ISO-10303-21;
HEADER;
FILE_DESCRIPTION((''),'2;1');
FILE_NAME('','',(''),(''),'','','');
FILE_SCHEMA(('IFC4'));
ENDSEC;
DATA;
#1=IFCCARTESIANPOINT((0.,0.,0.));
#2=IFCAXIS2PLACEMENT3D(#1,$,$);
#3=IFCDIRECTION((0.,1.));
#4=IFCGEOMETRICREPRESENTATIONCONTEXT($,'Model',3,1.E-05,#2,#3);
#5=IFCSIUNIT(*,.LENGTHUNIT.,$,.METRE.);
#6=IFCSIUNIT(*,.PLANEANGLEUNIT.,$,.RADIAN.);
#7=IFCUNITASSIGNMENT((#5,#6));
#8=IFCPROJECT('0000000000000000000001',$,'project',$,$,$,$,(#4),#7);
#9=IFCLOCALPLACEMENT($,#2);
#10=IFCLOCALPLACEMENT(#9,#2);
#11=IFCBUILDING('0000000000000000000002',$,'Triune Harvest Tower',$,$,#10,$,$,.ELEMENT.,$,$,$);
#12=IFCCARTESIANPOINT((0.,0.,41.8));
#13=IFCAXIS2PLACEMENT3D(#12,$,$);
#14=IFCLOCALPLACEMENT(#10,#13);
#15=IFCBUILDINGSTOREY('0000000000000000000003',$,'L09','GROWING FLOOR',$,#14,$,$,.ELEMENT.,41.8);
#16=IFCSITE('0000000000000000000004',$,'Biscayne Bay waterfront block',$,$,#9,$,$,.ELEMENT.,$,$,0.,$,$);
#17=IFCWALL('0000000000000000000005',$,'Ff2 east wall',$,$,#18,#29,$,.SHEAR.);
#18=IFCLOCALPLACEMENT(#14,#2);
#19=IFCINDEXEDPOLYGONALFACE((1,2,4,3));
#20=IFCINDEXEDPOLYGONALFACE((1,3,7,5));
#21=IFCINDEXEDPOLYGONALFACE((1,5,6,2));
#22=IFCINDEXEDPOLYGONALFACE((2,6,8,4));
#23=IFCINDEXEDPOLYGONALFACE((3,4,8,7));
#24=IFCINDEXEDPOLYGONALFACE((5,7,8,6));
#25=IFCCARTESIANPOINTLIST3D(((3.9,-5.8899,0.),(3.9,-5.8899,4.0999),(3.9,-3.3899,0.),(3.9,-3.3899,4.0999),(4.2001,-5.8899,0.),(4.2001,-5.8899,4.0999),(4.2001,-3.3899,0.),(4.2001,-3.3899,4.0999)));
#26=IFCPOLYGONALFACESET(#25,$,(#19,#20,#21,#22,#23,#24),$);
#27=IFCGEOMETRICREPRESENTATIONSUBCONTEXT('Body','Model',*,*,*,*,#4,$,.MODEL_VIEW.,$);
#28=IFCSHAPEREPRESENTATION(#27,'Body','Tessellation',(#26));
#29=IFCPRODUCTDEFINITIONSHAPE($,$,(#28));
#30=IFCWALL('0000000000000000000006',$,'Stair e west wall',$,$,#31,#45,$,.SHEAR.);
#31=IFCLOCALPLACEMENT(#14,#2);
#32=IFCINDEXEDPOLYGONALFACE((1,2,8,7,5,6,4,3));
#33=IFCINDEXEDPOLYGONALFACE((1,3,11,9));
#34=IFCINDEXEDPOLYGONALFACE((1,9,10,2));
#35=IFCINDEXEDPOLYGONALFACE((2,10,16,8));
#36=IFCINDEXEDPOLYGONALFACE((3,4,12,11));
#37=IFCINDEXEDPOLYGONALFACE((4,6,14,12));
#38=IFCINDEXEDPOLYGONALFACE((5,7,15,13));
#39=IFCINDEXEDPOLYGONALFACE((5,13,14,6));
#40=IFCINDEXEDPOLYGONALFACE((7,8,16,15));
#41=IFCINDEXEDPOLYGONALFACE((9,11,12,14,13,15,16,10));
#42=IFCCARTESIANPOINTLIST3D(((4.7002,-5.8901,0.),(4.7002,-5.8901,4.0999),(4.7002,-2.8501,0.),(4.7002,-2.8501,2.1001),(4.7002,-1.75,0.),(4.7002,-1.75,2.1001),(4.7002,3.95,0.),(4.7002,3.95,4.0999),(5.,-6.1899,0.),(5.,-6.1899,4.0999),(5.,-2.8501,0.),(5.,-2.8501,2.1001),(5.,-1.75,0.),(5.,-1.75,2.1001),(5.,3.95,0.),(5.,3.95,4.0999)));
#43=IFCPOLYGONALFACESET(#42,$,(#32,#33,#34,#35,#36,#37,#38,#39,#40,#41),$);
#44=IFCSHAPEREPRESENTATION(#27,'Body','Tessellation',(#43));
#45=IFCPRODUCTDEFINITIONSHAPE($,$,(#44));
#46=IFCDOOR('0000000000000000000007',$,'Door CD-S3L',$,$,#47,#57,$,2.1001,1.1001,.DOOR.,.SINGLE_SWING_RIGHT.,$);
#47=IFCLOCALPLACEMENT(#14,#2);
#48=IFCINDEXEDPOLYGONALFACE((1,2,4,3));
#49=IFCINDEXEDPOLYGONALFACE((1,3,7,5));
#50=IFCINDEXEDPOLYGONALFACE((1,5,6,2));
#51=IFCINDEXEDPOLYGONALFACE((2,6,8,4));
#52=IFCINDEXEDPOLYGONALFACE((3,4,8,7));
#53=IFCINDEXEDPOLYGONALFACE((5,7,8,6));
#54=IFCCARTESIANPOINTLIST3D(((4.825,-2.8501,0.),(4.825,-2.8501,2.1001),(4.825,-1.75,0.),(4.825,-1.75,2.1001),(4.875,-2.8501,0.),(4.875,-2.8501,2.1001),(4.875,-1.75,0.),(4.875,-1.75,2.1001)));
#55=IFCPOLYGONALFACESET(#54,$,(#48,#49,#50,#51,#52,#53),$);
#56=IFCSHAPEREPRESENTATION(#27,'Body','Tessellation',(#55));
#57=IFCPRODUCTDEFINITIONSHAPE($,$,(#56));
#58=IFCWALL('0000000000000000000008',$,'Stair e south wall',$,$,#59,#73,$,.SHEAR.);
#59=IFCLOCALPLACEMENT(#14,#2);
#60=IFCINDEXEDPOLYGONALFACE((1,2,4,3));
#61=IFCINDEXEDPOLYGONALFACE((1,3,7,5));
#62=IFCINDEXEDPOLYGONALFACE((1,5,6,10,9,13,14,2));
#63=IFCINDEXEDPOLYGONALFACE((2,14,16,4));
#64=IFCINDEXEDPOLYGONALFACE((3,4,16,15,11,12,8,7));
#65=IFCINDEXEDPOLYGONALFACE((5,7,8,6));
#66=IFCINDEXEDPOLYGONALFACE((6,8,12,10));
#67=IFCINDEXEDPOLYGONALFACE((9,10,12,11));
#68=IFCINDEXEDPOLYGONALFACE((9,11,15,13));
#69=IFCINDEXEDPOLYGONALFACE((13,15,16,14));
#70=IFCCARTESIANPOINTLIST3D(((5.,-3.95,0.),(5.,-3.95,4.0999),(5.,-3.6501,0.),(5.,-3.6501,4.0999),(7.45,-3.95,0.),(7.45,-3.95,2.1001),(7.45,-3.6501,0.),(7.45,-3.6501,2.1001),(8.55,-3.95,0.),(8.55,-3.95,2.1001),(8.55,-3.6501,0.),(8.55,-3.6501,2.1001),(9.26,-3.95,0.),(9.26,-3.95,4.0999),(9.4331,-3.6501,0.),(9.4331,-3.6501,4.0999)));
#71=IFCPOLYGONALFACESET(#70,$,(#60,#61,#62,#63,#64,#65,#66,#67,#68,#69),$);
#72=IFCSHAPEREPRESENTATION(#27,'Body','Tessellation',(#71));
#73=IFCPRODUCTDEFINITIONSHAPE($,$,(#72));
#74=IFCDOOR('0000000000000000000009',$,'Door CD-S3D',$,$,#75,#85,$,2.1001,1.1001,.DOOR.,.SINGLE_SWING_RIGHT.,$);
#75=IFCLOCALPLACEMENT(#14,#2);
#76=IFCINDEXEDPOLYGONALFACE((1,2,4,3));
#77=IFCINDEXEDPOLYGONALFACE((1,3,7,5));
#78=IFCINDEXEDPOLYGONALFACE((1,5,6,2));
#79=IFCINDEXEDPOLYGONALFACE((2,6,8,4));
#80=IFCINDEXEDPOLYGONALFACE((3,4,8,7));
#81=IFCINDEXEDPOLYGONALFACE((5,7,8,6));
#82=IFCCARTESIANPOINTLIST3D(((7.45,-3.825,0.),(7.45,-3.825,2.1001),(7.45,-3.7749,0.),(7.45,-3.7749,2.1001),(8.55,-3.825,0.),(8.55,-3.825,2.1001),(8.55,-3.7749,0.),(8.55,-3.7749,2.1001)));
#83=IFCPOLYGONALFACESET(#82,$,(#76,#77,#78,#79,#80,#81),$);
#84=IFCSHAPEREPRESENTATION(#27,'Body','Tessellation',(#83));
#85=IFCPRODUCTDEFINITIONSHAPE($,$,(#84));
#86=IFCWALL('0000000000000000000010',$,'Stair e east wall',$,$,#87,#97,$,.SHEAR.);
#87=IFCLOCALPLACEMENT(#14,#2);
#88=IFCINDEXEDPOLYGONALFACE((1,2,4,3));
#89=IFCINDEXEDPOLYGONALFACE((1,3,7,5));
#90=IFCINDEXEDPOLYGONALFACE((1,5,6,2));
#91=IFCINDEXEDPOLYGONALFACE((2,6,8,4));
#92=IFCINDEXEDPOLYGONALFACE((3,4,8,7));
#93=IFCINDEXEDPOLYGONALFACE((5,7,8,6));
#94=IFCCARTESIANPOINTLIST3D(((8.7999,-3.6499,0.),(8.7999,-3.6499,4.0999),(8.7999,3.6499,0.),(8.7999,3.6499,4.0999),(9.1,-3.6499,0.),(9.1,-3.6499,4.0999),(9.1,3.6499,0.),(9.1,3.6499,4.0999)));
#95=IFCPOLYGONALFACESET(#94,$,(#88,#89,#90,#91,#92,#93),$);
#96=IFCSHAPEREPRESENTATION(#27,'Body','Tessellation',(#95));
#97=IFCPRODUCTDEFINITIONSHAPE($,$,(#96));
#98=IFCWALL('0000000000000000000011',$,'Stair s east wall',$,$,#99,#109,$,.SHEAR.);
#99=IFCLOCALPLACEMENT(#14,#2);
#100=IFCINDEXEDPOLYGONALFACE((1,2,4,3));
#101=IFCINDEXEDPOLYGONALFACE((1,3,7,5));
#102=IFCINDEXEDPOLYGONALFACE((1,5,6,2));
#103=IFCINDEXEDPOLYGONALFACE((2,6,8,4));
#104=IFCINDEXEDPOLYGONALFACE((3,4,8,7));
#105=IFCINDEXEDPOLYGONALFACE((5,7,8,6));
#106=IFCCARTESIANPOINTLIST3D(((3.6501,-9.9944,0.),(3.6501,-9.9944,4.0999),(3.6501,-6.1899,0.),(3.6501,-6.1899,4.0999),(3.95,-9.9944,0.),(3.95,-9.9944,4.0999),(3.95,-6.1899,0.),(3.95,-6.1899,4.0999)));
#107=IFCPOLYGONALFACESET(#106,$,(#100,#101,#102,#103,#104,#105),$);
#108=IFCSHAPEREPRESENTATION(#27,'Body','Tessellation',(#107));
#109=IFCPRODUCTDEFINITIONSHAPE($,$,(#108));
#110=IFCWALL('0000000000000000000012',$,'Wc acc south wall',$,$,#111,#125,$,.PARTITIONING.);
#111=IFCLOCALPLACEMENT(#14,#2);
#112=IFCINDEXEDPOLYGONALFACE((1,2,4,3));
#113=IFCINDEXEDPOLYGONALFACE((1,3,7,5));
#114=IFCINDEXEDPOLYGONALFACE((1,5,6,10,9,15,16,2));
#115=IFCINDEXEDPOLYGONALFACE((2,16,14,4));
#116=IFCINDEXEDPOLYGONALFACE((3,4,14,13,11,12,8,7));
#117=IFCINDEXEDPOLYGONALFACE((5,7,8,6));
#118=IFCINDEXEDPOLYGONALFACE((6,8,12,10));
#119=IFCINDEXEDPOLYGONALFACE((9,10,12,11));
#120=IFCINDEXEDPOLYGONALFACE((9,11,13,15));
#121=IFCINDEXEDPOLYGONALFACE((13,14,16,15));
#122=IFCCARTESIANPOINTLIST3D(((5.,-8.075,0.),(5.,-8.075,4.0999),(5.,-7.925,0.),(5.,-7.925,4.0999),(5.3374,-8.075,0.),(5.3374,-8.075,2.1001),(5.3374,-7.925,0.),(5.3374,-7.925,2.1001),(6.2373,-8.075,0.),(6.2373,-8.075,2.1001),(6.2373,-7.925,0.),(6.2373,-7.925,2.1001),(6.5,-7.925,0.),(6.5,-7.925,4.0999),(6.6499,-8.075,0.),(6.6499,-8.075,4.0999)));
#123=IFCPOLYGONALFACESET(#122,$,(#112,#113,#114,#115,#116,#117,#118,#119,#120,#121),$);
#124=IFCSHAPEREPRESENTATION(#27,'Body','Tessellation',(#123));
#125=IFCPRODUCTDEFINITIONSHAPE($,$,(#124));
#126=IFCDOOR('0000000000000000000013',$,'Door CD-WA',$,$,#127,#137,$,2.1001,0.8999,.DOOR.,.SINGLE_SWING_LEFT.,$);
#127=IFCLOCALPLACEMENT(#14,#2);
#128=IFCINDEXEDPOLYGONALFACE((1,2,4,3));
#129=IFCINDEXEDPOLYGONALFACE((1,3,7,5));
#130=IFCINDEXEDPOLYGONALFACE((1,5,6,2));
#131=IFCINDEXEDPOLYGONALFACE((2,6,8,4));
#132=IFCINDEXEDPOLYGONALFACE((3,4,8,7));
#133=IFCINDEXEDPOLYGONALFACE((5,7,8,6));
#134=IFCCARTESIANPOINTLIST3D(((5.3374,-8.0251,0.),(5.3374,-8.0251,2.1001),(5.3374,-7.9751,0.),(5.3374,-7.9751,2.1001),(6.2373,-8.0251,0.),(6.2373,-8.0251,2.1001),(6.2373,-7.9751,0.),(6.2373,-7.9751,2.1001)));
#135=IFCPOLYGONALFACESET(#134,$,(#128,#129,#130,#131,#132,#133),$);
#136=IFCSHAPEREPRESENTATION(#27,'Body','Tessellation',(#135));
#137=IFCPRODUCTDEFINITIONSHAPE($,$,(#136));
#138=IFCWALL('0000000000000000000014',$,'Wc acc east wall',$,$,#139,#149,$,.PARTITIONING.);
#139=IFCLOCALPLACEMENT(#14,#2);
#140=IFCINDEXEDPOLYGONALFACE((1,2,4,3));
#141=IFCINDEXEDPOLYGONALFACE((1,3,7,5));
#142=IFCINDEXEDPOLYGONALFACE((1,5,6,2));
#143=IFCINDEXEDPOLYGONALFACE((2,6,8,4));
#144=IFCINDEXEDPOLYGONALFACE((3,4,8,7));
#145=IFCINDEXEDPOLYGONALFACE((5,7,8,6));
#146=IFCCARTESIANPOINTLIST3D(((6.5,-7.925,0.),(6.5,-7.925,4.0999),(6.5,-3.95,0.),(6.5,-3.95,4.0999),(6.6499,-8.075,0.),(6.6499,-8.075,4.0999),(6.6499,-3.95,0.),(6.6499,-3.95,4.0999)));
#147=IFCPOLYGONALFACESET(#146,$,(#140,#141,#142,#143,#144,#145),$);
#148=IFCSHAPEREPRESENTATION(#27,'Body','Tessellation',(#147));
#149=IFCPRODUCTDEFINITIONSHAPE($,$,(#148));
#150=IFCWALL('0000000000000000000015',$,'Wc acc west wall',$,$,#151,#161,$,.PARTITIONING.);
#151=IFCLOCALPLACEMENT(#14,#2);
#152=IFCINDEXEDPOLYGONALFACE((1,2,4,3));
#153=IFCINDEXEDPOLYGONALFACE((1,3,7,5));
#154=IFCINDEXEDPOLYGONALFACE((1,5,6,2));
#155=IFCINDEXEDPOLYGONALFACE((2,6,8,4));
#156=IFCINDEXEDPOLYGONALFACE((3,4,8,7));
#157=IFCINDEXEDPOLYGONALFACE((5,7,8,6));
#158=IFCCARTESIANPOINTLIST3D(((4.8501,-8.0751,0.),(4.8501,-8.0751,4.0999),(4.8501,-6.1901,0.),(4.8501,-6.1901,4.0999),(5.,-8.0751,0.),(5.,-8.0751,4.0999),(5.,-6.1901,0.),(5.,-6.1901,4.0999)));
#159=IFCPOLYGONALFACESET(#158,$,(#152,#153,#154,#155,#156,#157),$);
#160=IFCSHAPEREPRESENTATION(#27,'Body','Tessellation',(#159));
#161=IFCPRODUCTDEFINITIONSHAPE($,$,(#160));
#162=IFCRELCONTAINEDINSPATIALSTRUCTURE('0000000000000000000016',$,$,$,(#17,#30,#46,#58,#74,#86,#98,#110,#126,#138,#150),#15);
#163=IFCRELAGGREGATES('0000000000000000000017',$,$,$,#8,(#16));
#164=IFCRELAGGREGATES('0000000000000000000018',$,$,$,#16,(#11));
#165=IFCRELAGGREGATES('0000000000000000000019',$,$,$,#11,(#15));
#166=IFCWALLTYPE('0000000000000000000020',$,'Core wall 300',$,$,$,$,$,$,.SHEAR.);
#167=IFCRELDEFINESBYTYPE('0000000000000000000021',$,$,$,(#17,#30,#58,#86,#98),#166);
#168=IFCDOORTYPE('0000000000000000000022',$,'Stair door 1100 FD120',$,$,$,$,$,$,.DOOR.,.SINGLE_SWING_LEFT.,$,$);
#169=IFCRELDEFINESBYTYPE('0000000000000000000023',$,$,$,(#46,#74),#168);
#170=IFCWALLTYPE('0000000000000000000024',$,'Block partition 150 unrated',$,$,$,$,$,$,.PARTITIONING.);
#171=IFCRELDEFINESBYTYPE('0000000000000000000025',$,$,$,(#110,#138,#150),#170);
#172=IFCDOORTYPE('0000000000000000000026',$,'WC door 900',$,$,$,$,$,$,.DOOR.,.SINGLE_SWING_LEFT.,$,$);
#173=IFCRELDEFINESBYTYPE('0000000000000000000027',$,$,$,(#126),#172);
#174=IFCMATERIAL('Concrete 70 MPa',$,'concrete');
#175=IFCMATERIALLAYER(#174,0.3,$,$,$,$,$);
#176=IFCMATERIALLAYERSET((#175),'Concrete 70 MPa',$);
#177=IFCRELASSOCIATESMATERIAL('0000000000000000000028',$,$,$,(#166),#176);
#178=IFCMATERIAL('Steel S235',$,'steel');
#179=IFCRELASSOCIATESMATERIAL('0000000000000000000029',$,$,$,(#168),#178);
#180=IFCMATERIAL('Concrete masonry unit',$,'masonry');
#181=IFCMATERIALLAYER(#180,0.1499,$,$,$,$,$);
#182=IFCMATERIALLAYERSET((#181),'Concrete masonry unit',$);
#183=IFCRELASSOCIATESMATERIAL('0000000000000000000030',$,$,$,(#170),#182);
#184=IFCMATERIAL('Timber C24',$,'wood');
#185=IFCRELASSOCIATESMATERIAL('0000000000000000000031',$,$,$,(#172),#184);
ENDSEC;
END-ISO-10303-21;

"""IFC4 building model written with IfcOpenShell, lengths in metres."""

from ifc_helpers import new_model, si_unit, direction, frame, frame_2d, origin, place, context, subcontext, project, spatial, polyline, rectangle, outline, extrude, source, transform, mapped, material, layer, layer_set, type_object, element, fill, save


model = new_model("IFC4")

# Units and contexts
model_context = context("Model", 3, precision=1e-05, world=origin(), true_north=direction((0.0, 1.0)))
body_context = subcontext(model_context, "Body", "Model", "MODEL_VIEW")
ifc_project = project(units=[si_unit("LENGTHUNIT", "METRE"), si_unit("PLANEANGLEUNIT", "RADIAN")], contexts=[model_context])

# Site, building, storey
site_placement = place(None, origin())
site = spatial("IfcSite", under=ifc_project, at=site_placement, Name="Biscayne Bay waterfront block", CompositionType="ELEMENT", RefElevation=0.0)
building_placement = place(site_placement, origin())
building = spatial("IfcBuilding", under=site, at=building_placement, Name="Triune Harvest Tower", CompositionType="ELEMENT")
storey_placement = place(building_placement, frame((0.0, 0.0, 41.8)))
storey = spatial("IfcBuildingStorey", under=building, at=storey_placement, Name="L09", Description="GROWING FLOOR", CompositionType="ELEMENT", Elevation=41.8)

# Wall
ifc_material_1 = material(Name="Concrete 70 MPa", Category="concrete")
ifc_layer_1 = layer(ifc_material_1, 0.3)
ifc_layer_set_1 = layer_set([ifc_layer_1], Name="Concrete 70 MPa")
wall_type_1 = type_object("IfcWallType", Name="Core wall 300", PredefinedType="SHEAR", material=ifc_layer_set_1)
shared_shape_1 = source(origin(), body_context, "Body", "SweptSolid", [
    extrude(rectangle(XDim=2.5, YDim=0.3, at=frame_2d((1.25, 0.0))), origin(), (0.0, 0.0, 1.0), 4.0999),
])
wall_1_placement = place(storey_placement, frame((4.05, -5.8899, 0.0), z_axis=(0.0, 0.0, 1.0), x_axis=(0.0, 1.0, 0.0)))
element("IfcWall", 1, at=wall_1_placement, inside=storey, type_object=wall_type_1, Name="Ff2 east wall", PredefinedType="SHEAR", context=body_context, shape_type="MappedRepresentation", body=[
    mapped(shared_shape_1, transform((0.0, 0.0, 0.0), scale=1.0)),
])

# Walls, openings, doors
shared_shape_2 = source(origin(), body_context, "Body", "SweptSolid", [
    extrude(outline(polyline([(-0.1499, -0.1499), (9.99, -0.1499), (9.99, 0.1499), (0.1499, 0.1499), (-0.1499, -0.1499)])), origin(), (0.0, 0.0, 1.0), 4.0999),
])
wall_2_placement = place(storey_placement, frame((4.8501, -6.04, 0.0), z_axis=(0.0, 0.0, 1.0), x_axis=(0.0, 1.0, 0.0)))
wall_2 = element("IfcWall", 2, at=wall_2_placement, inside=storey, type_object=wall_type_1, Name="Stair e west wall", PredefinedType="SHEAR", context=body_context, shape_type="MappedRepresentation", body=[
    mapped(shared_shape_2, transform((0.0, 0.0, 0.0), scale=1.0)),
])
opening_1_placement = place(wall_2_placement, frame((3.1899, 0.0, 0.0)))
opening_1 = element("IfcOpeningElement", 3, at=opening_1_placement, cuts=wall_2, PredefinedType="OPENING", context=body_context, shape_type="SweptSolid", body=[
    extrude(rectangle(XDim=1.1001, YDim=2.1001, at=frame_2d((0.55, 1.05))), frame((0.0, 0.1602, 0.0), z_axis=(0.0, -1.0, 0.0), x_axis=(1.0, 0.0, 0.0)), (0.0, 0.0, 1.0), 0.3201),
])
ifc_material_2 = material(Name="Steel S235", Category="steel")
door_type_1 = type_object("IfcDoorType", Name="Stair door 1100 FD120", OperationType="SINGLE_SWING_LEFT", PredefinedType="DOOR", material=ifc_material_2)
door_1_placement = place(opening_1_placement, frame((1.1001, 0.0, 0.0), z_axis=(0.0, 0.0, 1.0), x_axis=(-1.0, 0.0, 0.0)))
door_1 = element("IfcDoor", 4, at=door_1_placement, inside=storey, type_object=door_type_1, Name="Door CD-S3L", OperationType="SINGLE_SWING_RIGHT", OverallHeight=2.1001, OverallWidth=1.1001, PredefinedType="DOOR", context=body_context, shape_type="SweptSolid", body=[
    extrude(rectangle(XDim=1.1001, YDim=2.1001, at=frame_2d((0.55, 1.05))), frame((0.0, 0.0249, 0.0), z_axis=(0.0, -1.0, 0.0), x_axis=(1.0, 0.0, 0.0)), (0.0, 0.0, 1.0), 0.05),
])
fill(opening_1, door_1)
shared_shape_3 = source(origin(), body_context, "Body", "SweptSolid", [
    extrude(outline(polyline([(0.0, -0.1499), (0.0, 0.1499), (4.4331, 0.1499), (4.26, -0.1499), (0.0, -0.1499)])), origin(), (0.0, 0.0, 1.0), 4.0999),
])
wall_3_placement = place(storey_placement, frame((5.0, -3.8, 0.0), z_axis=(0.0, 0.0, 1.0), x_axis=(1.0, 0.0, 0.0)))
wall_3 = element("IfcWall", 5, at=wall_3_placement, inside=storey, type_object=wall_type_1, Name="Stair e south wall", PredefinedType="SHEAR", context=body_context, shape_type="MappedRepresentation", body=[
    mapped(shared_shape_3, transform((0.0, 0.0, 0.0), scale=1.0)),
])
opening_2_placement = place(wall_3_placement, frame((2.45, 0.0, 0.0)))
opening_2 = element("IfcOpeningElement", 6, at=opening_2_placement, cuts=wall_3, PredefinedType="OPENING", context=body_context, shape_type="SweptSolid", body=[
    extrude(rectangle(XDim=1.1001, YDim=2.1001, at=frame_2d((0.55, 1.05))), frame((0.0, 0.1602, 0.0), z_axis=(0.0, -1.0, 0.0), x_axis=(1.0, 0.0, 0.0)), (0.0, 0.0, 1.0), 0.3201),
])
door_2_placement = place(opening_2_placement, frame((1.1001, 0.0, 0.0), z_axis=(0.0, 0.0, 1.0), x_axis=(-1.0, 0.0, 0.0)))
door_2 = element("IfcDoor", 7, at=door_2_placement, inside=storey, type_object=door_type_1, Name="Door CD-S3D", OperationType="SINGLE_SWING_RIGHT", OverallHeight=2.1001, OverallWidth=1.1001, PredefinedType="DOOR", context=body_context, shape_type="SweptSolid", body=[
    extrude(rectangle(XDim=1.1001, YDim=2.1001, at=frame_2d((0.55, 1.05))), frame((0.0, 0.0249, 0.0), z_axis=(0.0, -1.0, 0.0), x_axis=(1.0, 0.0, 0.0)), (0.0, 0.0, 1.0), 0.05),
])
fill(opening_2, door_2)

# Walls
shared_shape_4 = source(origin(), body_context, "Body", "SweptSolid", [
    extrude(rectangle(XDim=7.2998, YDim=0.3, at=frame_2d((3.6499, 0.0))), origin(), (0.0, 0.0, 1.0), 4.0999),
])
wall_4_placement = place(storey_placement, frame((8.95, -3.6499, 0.0), z_axis=(0.0, 0.0, 1.0), x_axis=(0.0, 1.0, 0.0)))
element("IfcWall", 8, at=wall_4_placement, inside=storey, type_object=wall_type_1, Name="Stair e east wall", PredefinedType="SHEAR", context=body_context, shape_type="MappedRepresentation", body=[
    mapped(shared_shape_4, transform((0.0, 0.0, 0.0), scale=1.0)),
])
shared_shape_5 = source(origin(), body_context, "Body", "SweptSolid", [
    extrude(outline(polyline([(3.8, -0.1499), (-0.0044, -0.1499), (-0.0044, 0.1499), (3.8, 0.1499), (3.8, -0.1499)])), origin(), (0.0, 0.0, 1.0), 4.0999),
])
wall_5_placement = place(storey_placement, frame((3.8, -9.99, 0.0), z_axis=(0.0, 0.0, 1.0), x_axis=(0.0, 1.0, 0.0)))
element("IfcWall", 9, at=wall_5_placement, inside=storey, type_object=wall_type_1, Name="Stair s east wall", PredefinedType="SHEAR", context=body_context, shape_type="MappedRepresentation", body=[
    mapped(shared_shape_5, transform((0.0, 0.0, 0.0), scale=1.0)),
])

# Wall, opening, door
ifc_material_3 = material(Name="Concrete masonry unit", Category="masonry")
ifc_layer_2 = layer(ifc_material_3, 0.1499)
ifc_layer_set_2 = layer_set([ifc_layer_2], Name="Concrete masonry unit")
wall_type_2 = type_object("IfcWallType", Name="Block partition 150 unrated", PredefinedType="PARTITIONING", material=ifc_layer_set_2)
shared_shape_6 = source(origin(), body_context, "Body", "SweptSolid", [
    extrude(outline(polyline([(0.0, -0.075), (1.6499, -0.075), (1.5, 0.075), (0.0, 0.075), (0.0, -0.075)])), origin(), (0.0, 0.0, 1.0), 4.0999),
])
wall_6_placement = place(storey_placement, frame((5.0, -8.0, 0.0), z_axis=(0.0, 0.0, 1.0), x_axis=(1.0, 0.0, 0.0)))
wall_6 = element("IfcWall", 10, at=wall_6_placement, inside=storey, type_object=wall_type_2, Name="Wc acc south wall", PredefinedType="PARTITIONING", context=body_context, shape_type="MappedRepresentation", body=[
    mapped(shared_shape_6, transform((0.0, 0.0, 0.0), scale=1.0)),
])
opening_3_placement = place(wall_6_placement, frame((0.3374, 0.0, 0.0)))
opening_3 = element("IfcOpeningElement", 11, at=opening_3_placement, cuts=wall_6, PredefinedType="OPENING", context=body_context, shape_type="SweptSolid", body=[
    extrude(rectangle(XDim=0.8999, YDim=2.1001, at=frame_2d((0.45, 1.05))), frame((0.0, 0.085, 0.0), z_axis=(0.0, -1.0, 0.0), x_axis=(1.0, 0.0, 0.0)), (0.0, 0.0, 1.0), 0.1699),
])
ifc_material_4 = material(Name="Timber C24", Category="wood")
door_type_2 = type_object("IfcDoorType", Name="WC door 900", OperationType="SINGLE_SWING_LEFT", PredefinedType="DOOR", material=ifc_material_4)
door_3_placement = place(opening_3_placement, origin())
door_3 = element("IfcDoor", 12, at=door_3_placement, inside=storey, type_object=door_type_2, Name="Door CD-WA", OperationType="SINGLE_SWING_LEFT", OverallHeight=2.1001, OverallWidth=0.8999, PredefinedType="DOOR", context=body_context, shape_type="SweptSolid", body=[
    extrude(rectangle(XDim=0.8999, YDim=2.1001, at=frame_2d((0.45, 1.05))), frame((0.0, 0.0249, 0.0), z_axis=(0.0, -1.0, 0.0), x_axis=(1.0, 0.0, 0.0)), (0.0, 0.0, 1.0), 0.05),
])
fill(opening_3, door_3)

# Walls
shared_shape_7 = source(origin(), body_context, "Body", "SweptSolid", [
    extrude(outline(polyline([(-0.075, -0.075), (4.05, -0.075), (4.05, 0.075), (0.075, 0.075), (-0.075, -0.075)])), origin(), (0.0, 0.0, 1.0), 4.0999),
])
wall_7_placement = place(storey_placement, frame((6.575, -8.0, 0.0), z_axis=(0.0, 0.0, 1.0), x_axis=(0.0, 1.0, 0.0)))
element("IfcWall", 13, at=wall_7_placement, inside=storey, type_object=wall_type_2, Name="Wc acc east wall", PredefinedType="PARTITIONING", context=body_context, shape_type="MappedRepresentation", body=[
    mapped(shared_shape_7, transform((0.0, 0.0, 0.0), scale=1.0)),
])
shared_shape_8 = source(origin(), body_context, "Body", "SweptSolid", [
    extrude(rectangle(XDim=1.885, YDim=0.1499, at=frame_2d((0.9424, 0.0))), origin(), (0.0, 0.0, 1.0), 4.0999),
])
wall_8_placement = place(storey_placement, frame((4.925, -8.075, 0.0), z_axis=(0.0, 0.0, 1.0), x_axis=(0.0, 1.0, 0.0)))
element("IfcWall", 14, at=wall_8_placement, inside=storey, type_object=wall_type_2, Name="Wc acc west wall", PredefinedType="PARTITIONING", context=body_context, shape_type="MappedRepresentation", body=[
    mapped(shared_shape_8, transform((0.0, 0.0, 0.0), scale=1.0)),
])

save(model, "model.ifc")
